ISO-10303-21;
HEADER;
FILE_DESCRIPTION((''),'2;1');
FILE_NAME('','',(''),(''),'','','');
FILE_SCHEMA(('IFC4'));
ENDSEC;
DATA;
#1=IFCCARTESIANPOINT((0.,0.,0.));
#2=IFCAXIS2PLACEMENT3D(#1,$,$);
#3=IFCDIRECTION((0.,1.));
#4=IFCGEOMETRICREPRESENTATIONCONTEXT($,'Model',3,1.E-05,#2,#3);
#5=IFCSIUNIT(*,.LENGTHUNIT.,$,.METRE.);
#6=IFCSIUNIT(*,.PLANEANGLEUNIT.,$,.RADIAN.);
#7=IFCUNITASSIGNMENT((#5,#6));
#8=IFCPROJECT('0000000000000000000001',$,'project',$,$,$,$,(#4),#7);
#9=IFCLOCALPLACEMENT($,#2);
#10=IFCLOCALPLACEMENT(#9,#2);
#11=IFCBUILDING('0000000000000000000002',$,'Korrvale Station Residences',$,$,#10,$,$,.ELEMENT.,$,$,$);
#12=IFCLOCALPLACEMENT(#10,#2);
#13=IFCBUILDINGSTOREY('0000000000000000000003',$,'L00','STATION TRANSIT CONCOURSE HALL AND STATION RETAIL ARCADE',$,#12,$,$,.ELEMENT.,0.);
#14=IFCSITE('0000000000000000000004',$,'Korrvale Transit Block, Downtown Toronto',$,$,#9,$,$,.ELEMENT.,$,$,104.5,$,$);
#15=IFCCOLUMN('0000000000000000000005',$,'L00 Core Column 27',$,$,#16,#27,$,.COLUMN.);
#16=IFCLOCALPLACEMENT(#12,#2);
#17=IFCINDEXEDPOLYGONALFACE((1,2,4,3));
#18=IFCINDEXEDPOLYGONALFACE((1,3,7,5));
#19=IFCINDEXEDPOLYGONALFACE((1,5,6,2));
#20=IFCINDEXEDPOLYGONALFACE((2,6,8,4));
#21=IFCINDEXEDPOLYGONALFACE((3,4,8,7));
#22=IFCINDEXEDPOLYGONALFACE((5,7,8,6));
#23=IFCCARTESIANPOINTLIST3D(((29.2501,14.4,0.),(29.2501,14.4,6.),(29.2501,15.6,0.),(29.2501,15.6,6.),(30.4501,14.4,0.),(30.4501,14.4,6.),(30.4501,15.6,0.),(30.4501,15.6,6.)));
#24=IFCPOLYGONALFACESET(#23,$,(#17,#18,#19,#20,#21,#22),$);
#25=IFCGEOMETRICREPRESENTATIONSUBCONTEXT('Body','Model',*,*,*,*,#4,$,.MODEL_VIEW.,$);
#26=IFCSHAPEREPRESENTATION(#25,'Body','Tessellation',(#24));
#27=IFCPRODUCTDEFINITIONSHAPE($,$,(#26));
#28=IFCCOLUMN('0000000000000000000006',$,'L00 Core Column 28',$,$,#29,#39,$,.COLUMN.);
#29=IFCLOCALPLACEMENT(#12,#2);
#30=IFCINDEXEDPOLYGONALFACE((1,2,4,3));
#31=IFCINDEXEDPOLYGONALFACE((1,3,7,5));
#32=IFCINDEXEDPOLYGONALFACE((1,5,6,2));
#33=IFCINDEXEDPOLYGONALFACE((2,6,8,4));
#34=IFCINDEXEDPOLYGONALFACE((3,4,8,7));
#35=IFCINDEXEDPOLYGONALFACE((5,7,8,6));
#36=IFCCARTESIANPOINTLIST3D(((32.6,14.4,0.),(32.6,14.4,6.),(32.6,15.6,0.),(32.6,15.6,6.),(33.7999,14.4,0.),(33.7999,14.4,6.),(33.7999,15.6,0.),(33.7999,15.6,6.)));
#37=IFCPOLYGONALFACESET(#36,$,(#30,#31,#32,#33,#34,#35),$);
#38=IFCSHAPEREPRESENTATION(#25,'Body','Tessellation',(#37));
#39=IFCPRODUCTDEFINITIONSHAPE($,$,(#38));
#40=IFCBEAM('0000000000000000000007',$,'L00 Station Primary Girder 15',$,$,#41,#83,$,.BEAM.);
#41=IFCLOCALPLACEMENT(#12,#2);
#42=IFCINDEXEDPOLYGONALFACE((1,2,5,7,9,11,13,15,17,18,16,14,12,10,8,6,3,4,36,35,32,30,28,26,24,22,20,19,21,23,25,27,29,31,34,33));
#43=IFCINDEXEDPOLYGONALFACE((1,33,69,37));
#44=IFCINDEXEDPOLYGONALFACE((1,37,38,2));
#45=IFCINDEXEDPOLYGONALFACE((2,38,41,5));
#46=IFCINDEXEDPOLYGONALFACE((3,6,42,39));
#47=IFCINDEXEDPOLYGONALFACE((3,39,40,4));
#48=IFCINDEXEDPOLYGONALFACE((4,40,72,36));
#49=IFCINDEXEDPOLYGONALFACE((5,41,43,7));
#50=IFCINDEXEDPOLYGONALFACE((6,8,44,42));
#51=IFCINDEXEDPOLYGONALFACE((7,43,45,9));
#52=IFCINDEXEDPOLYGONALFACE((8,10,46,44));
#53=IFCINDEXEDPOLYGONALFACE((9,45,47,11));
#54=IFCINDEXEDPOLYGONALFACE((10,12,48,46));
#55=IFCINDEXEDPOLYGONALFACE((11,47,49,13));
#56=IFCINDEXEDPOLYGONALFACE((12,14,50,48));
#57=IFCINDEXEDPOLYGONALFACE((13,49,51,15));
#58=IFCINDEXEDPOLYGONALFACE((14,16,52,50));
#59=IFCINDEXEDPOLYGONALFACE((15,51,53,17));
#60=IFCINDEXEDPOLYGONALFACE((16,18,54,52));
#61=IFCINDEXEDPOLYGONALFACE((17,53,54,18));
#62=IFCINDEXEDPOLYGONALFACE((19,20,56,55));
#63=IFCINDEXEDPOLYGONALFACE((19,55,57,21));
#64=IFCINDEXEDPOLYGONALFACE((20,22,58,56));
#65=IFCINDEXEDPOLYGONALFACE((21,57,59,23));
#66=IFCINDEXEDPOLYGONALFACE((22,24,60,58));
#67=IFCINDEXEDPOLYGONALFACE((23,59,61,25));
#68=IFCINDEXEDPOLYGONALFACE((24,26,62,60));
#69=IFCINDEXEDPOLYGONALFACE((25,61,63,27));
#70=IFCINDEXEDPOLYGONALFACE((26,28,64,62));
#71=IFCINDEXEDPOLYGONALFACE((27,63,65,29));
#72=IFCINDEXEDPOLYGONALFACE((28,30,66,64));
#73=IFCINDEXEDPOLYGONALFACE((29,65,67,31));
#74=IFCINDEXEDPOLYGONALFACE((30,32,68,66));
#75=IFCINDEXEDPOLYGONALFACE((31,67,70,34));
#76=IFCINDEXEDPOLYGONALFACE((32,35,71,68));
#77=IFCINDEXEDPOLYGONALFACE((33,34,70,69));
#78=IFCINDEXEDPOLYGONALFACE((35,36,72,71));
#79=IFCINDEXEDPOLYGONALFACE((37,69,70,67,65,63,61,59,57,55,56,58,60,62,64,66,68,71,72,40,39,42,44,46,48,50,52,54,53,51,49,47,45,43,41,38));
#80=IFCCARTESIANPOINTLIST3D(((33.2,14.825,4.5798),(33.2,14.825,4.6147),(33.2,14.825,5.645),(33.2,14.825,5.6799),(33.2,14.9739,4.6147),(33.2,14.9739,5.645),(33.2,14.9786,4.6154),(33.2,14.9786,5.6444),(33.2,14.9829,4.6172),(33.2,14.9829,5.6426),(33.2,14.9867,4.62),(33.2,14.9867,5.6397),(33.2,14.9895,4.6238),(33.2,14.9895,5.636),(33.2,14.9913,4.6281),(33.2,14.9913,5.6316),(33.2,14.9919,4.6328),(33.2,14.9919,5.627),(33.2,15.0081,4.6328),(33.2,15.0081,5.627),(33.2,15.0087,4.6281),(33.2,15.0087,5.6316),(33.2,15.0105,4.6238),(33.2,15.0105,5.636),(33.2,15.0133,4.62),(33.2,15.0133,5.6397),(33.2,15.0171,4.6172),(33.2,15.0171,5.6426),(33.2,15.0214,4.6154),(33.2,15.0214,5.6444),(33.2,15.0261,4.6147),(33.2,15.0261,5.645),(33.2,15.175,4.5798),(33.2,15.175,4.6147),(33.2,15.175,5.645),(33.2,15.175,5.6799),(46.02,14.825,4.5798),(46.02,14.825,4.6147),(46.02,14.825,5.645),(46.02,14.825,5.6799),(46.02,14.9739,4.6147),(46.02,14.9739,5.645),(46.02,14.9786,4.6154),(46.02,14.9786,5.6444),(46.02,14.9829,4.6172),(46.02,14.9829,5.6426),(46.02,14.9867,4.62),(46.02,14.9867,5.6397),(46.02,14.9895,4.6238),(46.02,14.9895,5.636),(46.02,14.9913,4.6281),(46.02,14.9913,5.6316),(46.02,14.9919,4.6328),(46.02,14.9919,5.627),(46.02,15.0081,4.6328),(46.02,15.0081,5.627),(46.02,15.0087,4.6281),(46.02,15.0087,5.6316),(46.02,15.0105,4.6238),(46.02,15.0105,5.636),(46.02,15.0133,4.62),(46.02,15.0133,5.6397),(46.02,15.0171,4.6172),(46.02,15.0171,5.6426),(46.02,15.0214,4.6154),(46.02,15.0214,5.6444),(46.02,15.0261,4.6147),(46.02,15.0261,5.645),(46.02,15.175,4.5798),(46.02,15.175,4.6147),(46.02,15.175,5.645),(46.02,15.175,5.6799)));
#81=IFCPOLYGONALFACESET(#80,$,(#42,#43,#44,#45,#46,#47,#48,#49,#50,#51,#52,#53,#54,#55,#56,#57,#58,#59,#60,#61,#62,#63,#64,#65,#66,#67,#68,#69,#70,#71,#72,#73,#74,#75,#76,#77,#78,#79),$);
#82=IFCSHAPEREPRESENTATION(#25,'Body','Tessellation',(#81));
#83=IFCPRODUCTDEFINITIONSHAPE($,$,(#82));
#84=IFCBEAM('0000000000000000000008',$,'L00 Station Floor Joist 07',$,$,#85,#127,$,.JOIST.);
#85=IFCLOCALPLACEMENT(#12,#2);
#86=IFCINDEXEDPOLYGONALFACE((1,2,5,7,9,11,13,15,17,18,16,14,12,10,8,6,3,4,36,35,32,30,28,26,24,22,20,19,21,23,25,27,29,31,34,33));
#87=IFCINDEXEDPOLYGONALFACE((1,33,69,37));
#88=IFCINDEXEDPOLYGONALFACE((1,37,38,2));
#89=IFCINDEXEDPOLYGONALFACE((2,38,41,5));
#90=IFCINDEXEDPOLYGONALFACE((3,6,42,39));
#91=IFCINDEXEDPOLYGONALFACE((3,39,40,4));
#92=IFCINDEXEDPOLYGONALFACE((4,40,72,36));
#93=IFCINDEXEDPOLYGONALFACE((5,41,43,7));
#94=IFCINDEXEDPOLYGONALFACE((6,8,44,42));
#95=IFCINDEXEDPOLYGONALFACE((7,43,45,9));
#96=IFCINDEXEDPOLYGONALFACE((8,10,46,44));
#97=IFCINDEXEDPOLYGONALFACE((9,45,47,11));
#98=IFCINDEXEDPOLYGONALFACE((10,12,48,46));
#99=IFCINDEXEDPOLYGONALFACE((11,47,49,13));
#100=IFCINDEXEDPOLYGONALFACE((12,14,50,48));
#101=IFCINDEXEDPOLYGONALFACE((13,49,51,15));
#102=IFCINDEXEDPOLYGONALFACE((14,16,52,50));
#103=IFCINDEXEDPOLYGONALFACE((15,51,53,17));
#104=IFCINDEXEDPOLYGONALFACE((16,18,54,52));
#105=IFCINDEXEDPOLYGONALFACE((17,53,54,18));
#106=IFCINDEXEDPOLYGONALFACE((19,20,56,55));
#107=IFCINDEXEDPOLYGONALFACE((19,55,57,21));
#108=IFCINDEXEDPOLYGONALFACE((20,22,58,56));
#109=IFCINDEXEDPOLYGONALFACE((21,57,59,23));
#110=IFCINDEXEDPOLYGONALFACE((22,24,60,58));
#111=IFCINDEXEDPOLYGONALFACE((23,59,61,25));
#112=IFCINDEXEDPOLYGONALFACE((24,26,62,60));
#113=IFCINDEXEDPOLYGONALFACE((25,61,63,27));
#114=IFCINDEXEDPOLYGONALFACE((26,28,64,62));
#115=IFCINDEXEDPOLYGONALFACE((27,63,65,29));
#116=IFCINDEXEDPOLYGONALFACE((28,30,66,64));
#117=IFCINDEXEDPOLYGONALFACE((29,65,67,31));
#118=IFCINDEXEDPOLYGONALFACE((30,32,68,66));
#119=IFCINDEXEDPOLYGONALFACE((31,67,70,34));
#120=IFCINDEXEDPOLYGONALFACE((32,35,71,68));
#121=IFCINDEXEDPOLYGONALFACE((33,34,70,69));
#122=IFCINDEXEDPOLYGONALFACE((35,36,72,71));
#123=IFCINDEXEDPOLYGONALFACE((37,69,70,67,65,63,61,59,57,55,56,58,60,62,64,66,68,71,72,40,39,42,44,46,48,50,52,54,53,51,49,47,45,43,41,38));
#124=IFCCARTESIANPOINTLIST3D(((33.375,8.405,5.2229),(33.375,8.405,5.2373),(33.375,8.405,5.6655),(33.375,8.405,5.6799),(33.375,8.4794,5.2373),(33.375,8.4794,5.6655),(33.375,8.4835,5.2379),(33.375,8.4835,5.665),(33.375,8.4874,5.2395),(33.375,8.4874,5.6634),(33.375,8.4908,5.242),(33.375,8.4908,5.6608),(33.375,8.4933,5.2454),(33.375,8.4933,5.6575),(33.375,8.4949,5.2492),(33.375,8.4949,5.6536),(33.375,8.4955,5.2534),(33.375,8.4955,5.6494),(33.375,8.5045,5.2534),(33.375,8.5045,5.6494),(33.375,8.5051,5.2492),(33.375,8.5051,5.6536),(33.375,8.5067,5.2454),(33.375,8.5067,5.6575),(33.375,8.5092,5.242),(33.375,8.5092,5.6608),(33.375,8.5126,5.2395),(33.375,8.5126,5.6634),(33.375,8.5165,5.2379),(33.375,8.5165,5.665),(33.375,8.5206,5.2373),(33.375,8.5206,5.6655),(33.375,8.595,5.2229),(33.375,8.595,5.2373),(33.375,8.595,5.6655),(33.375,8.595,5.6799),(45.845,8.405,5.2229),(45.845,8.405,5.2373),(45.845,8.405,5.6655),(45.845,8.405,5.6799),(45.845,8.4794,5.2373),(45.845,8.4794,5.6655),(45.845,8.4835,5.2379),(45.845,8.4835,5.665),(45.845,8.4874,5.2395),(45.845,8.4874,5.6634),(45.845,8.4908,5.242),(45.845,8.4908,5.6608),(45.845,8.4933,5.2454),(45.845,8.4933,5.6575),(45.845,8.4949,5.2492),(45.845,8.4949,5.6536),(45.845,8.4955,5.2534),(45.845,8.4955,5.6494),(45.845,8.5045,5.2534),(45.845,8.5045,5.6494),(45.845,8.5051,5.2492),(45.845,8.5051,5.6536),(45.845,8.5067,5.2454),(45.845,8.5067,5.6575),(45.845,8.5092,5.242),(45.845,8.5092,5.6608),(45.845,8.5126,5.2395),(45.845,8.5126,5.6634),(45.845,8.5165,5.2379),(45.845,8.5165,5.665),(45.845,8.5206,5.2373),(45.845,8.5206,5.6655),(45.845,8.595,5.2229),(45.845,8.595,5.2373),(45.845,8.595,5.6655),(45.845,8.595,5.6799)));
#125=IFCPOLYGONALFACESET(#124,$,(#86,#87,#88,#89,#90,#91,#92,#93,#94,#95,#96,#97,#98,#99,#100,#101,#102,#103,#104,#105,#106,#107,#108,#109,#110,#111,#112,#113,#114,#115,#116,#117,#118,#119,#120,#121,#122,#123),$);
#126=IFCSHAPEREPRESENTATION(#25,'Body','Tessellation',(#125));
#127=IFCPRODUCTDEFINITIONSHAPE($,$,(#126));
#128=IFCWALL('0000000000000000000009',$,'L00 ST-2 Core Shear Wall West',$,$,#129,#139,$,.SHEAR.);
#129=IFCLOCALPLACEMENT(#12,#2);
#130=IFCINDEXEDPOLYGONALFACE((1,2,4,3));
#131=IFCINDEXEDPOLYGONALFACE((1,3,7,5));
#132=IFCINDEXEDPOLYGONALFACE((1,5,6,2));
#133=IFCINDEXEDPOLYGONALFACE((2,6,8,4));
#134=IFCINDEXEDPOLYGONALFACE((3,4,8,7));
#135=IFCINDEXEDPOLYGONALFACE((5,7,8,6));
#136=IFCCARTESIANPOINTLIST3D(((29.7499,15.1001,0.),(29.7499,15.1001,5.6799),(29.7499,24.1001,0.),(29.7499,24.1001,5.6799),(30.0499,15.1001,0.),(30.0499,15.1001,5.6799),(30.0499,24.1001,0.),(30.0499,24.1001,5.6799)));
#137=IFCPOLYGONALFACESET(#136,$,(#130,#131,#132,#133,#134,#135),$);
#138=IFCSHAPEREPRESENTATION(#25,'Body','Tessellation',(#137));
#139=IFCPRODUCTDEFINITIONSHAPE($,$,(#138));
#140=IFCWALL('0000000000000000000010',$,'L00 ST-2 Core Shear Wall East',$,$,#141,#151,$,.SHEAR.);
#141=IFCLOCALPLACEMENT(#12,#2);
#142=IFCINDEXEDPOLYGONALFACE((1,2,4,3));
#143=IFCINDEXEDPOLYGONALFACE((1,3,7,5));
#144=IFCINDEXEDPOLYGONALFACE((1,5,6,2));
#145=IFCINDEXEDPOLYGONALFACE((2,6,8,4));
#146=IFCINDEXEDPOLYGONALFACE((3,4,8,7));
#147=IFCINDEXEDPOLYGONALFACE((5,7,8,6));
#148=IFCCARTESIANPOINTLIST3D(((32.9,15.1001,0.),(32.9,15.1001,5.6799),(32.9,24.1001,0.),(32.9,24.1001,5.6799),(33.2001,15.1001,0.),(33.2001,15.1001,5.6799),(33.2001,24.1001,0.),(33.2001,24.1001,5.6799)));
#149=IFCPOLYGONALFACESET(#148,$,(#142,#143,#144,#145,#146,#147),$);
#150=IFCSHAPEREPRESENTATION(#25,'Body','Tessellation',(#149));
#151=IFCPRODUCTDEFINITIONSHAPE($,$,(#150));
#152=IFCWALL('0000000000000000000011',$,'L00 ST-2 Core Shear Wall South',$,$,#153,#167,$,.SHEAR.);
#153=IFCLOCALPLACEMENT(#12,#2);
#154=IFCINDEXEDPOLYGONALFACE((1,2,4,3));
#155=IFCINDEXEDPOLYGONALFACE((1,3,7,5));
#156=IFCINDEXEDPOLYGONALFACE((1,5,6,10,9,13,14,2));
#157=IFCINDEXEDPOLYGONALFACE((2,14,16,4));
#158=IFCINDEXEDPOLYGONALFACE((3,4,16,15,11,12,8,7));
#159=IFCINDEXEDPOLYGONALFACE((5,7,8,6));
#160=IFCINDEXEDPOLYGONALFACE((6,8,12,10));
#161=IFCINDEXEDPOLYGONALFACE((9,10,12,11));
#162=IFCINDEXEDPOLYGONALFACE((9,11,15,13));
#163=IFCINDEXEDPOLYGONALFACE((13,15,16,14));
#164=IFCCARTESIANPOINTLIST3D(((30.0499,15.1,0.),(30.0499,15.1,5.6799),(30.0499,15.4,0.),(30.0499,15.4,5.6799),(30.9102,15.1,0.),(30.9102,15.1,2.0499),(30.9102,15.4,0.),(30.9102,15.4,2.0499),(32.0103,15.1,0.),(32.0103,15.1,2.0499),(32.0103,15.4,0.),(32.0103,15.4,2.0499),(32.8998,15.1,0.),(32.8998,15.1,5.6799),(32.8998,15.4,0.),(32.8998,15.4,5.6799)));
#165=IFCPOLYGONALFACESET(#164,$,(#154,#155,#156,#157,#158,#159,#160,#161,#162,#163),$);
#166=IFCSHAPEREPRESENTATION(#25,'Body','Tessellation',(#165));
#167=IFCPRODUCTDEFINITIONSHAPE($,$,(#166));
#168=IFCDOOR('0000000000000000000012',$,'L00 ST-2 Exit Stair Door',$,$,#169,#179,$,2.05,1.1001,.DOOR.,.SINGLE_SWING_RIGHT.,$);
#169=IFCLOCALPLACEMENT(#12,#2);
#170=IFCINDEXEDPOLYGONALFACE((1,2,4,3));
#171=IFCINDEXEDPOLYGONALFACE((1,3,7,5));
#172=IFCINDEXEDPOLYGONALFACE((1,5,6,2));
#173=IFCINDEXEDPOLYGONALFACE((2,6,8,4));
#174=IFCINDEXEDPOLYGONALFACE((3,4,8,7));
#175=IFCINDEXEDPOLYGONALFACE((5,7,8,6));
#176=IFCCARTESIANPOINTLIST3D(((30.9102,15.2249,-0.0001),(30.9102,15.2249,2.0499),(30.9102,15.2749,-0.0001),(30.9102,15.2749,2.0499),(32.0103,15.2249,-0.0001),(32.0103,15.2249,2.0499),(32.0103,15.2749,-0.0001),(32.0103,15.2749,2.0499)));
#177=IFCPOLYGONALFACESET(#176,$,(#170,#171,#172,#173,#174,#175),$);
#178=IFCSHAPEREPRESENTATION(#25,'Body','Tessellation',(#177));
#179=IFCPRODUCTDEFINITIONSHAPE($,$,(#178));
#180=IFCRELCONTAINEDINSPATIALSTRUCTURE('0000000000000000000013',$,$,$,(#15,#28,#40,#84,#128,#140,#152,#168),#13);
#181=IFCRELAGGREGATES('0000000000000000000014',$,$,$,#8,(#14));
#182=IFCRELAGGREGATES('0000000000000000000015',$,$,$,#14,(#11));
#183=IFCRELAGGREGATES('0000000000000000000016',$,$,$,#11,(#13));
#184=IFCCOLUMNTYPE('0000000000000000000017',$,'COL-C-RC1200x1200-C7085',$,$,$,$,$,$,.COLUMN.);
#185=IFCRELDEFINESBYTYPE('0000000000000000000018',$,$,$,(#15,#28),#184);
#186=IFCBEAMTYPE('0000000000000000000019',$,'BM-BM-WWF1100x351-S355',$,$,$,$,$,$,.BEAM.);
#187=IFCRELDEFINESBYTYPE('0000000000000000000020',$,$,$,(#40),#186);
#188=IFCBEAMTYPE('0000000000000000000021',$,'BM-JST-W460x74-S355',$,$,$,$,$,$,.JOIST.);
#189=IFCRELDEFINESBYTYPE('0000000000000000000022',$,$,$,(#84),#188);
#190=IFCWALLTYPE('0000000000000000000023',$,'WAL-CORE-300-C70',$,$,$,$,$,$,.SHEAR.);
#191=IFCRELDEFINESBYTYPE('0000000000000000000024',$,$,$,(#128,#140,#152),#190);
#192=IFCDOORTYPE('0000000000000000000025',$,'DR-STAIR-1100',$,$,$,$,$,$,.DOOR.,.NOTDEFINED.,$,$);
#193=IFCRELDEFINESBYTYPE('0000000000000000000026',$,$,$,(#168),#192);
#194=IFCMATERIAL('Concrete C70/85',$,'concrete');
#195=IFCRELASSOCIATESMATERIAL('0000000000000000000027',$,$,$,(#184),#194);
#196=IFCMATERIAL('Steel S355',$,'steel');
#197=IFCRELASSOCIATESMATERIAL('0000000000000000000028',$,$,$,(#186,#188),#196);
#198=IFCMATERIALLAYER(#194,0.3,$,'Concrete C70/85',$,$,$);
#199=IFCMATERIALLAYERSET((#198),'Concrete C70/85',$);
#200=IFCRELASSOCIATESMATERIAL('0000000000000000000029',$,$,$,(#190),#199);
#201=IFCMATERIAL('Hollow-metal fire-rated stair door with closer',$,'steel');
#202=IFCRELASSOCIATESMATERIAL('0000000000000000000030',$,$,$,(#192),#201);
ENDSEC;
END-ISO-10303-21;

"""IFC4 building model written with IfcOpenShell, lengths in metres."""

from ifc_helpers import new_model, si_unit, direction, frame, frame_2d, origin, origin_2d, place, context, subcontext, project, spatial, rectangle, i_section, extrude, material, layer, layer_set, material_profile, profile_set, type_object, element, fill, save


model = new_model("IFC4")

# Units and contexts
model_context = context("Model", 3, precision=1e-05, world=origin(), true_north=direction((0.0, 1.0)))
body_context = subcontext(model_context, "Body", "Model", "MODEL_VIEW")
ifc_project = project(units=[si_unit("LENGTHUNIT", "METRE"), si_unit("PLANEANGLEUNIT", "RADIAN")], contexts=[model_context])

# Site, building, storey
site_placement = place(None, origin())
site = spatial("IfcSite", under=ifc_project, at=site_placement, Name="Korrvale Transit Block, Downtown Toronto", CompositionType="ELEMENT", RefElevation=104.5)
building_placement = place(site_placement, origin())
building = spatial("IfcBuilding", under=site, at=building_placement, Name="Korrvale Station Residences", CompositionType="ELEMENT")
storey_placement = place(building_placement, origin())
storey = spatial("IfcBuildingStorey", under=building, at=storey_placement, Name="L00", Description="STATION TRANSIT CONCOURSE HALL AND STATION RETAIL ARCADE", CompositionType="ELEMENT", Elevation=0.0)

# Columns
ifc_material_1 = material(Name="Concrete C70/85", Category="concrete")
ifc_material_profile_1 = material_profile(ifc_material_1, rectangle(XDim=1.2, YDim=1.2, at=origin_2d()), Name="RC1200x1200")
ifc_profile_set_1 = profile_set([ifc_material_profile_1], Name="Concrete C70/85")
column_type = type_object("IfcColumnType", Name="COL-C-RC1200x1200-C7085", PredefinedType="COLUMN", material=ifc_profile_set_1)
for number, where, z_axis, x_axis, name in (
    (1, (29.8501, 15.0, 0.0), (0.0, 0.0, 1.0), (1.0, 0.0, 0.0), "L00 Core Column 27"),
    (2, (33.2, 15.0, 0.0), (0.0, 0.0, 1.0), (1.0, 0.0, 0.0), "L00 Core Column 28"),
):
    element("IfcColumn", number, at=place(storey_placement, frame(where, z_axis=z_axis, x_axis=x_axis)), inside=storey, type_object=column_type, Name=name, PredefinedType="COLUMN", context=body_context, shape_type="SweptSolid", body=[
        extrude(rectangle(XDim=1.2, YDim=1.2, at=origin_2d()), origin(), (0.0, 0.0, 1.0), 6.0),
    ])

# Beams
ifc_material_2 = material(Name="Steel S355", Category="steel")
ifc_material_profile_2 = material_profile(ifc_material_2, i_section(OverallWidth=0.3501, OverallDepth=1.1001, WebThickness=0.0161, FlangeThickness=0.0349, FilletRadius=0.0181, at=origin_2d()), Name="WWF1100x351")
ifc_profile_set_2 = profile_set([ifc_material_profile_2], Name="Steel S355")
beam_type_1 = type_object("IfcBeamType", Name="BM-BM-WWF1100x351-S355", PredefinedType="BEAM", material=ifc_profile_set_2)
beam_1_placement = place(storey_placement, frame((33.2, 15.0, 5.1299), z_axis=(1.0, 0.0, 0.0), x_axis=(0.0, 1.0, 0.0)))
element("IfcBeam", 3, at=beam_1_placement, inside=storey, type_object=beam_type_1, Name="L00 Station Primary Girder 15", PredefinedType="BEAM", context=body_context, shape_type="SweptSolid", body=[
    extrude(i_section(OverallWidth=0.3501, OverallDepth=1.1001, WebThickness=0.0161, FlangeThickness=0.0349, FilletRadius=0.0181, at=origin_2d()), origin(), (0.0, 0.0, 1.0), 12.8201),
])
ifc_material_profile_3 = material_profile(ifc_material_2, i_section(OverallWidth=0.1899, OverallDepth=0.457, WebThickness=0.009, FlangeThickness=0.0144, FilletRadius=0.0161, at=origin_2d()), Name="W460x74")
ifc_profile_set_3 = profile_set([ifc_material_profile_3], Name="Steel S355")
beam_type_2 = type_object("IfcBeamType", Name="BM-JST-W460x74-S355", PredefinedType="JOIST", material=ifc_profile_set_3)
beam_2_placement = place(storey_placement, frame((33.375, 8.5, 5.4514), z_axis=(1.0, 0.0, 0.0), x_axis=(0.0, 1.0, 0.0)))
element("IfcBeam", 4, at=beam_2_placement, inside=storey, type_object=beam_type_2, Name="L00 Station Floor Joist 07", PredefinedType="JOIST", context=body_context, shape_type="SweptSolid", body=[
    extrude(i_section(OverallWidth=0.1899, OverallDepth=0.457, WebThickness=0.009, FlangeThickness=0.0144, FilletRadius=0.0161, at=origin_2d()), origin(), (0.0, 0.0, 1.0), 12.47),
])

# Walls
ifc_layer_1 = layer(ifc_material_1, 0.3, Name="Concrete C70/85")
ifc_layer_set_1 = layer_set([ifc_layer_1], Name="Concrete C70/85")
wall_type_1 = type_object("IfcWallType", Name="WAL-CORE-300-C70", PredefinedType="SHEAR", material=ifc_layer_set_1)
for number, where, z_axis, x_axis, name in (
    (5, (29.8999, 15.1001, 0.0), (0.0, 0.0, 1.0), (0.0, 1.0, 0.0), "L00 ST-2 Core Shear Wall West"),
    (6, (33.05, 15.1001, 0.0), (0.0, 0.0, 1.0), (0.0, 1.0, 0.0), "L00 ST-2 Core Shear Wall East"),
):
    element("IfcWall", number, at=place(storey_placement, frame(where, z_axis=z_axis, x_axis=x_axis)), inside=storey, type_object=wall_type_1, Name=name, PredefinedType="SHEAR", context=body_context, shape_type="SweptSolid", body=[
        extrude(rectangle(XDim=9.0, YDim=0.3, at=frame_2d((4.5, 0.0))), origin(), (0.0, 0.0, 1.0), 5.6799),
    ])

# Wall, opening, door
wall_1_placement = place(storey_placement, frame((30.05, 15.25, 0.0), z_axis=(0.0, 0.0, 1.0), x_axis=(1.0, 0.0, 0.0)))
wall_1 = element("IfcWall", 7, at=wall_1_placement, inside=storey, type_object=wall_type_1, Name="L00 ST-2 Core Shear Wall South", PredefinedType="SHEAR", context=body_context, shape_type="SweptSolid", body=[
    extrude(rectangle(XDim=2.8499, YDim=0.3, at=frame_2d((1.4248, 0.0))), origin(), (0.0, 0.0, 1.0), 5.6799),
])
opening_1_placement = place(wall_1_placement, frame((0.8601, 0.0, 0.0)))
opening_1 = element("IfcOpeningElement", 8, at=opening_1_placement, cuts=wall_1, PredefinedType="OPENING", context=body_context, shape_type="SweptSolid", body=[
    extrude(rectangle(XDim=1.1001, YDim=2.05, at=frame_2d((0.55, 1.0249))), frame((0.0, 0.1602, 0.0), z_axis=(0.0, -1.0, 0.0), x_axis=(1.0, 0.0, 0.0)), (0.0, 0.0, 1.0), 0.3201),
])
ifc_material_3 = material(Name="Hollow-metal fire-rated stair door with closer", Category="steel")
door_type_1 = type_object("IfcDoorType", Name="DR-STAIR-1100", OperationType="NOTDEFINED", PredefinedType="DOOR", material=ifc_material_3)
door_1_placement = place(opening_1_placement, origin())
door_1 = element("IfcDoor", 9, at=door_1_placement, inside=storey, type_object=door_type_1, Name="L00 ST-2 Exit Stair Door", OperationType="SINGLE_SWING_RIGHT", OverallHeight=2.05, OverallWidth=1.1001, PredefinedType="DOOR", context=body_context, shape_type="SweptSolid", body=[
    extrude(rectangle(XDim=1.1001, YDim=2.05, at=frame_2d((0.55, 1.0249))), frame((0.0, 0.0249, 0.0), z_axis=(0.0, -1.0, 0.0), x_axis=(1.0, 0.0, 0.0)), (0.0, 0.0, 1.0), 0.05),
])
fill(opening_1, door_1)

save(model, "model.ifc")
